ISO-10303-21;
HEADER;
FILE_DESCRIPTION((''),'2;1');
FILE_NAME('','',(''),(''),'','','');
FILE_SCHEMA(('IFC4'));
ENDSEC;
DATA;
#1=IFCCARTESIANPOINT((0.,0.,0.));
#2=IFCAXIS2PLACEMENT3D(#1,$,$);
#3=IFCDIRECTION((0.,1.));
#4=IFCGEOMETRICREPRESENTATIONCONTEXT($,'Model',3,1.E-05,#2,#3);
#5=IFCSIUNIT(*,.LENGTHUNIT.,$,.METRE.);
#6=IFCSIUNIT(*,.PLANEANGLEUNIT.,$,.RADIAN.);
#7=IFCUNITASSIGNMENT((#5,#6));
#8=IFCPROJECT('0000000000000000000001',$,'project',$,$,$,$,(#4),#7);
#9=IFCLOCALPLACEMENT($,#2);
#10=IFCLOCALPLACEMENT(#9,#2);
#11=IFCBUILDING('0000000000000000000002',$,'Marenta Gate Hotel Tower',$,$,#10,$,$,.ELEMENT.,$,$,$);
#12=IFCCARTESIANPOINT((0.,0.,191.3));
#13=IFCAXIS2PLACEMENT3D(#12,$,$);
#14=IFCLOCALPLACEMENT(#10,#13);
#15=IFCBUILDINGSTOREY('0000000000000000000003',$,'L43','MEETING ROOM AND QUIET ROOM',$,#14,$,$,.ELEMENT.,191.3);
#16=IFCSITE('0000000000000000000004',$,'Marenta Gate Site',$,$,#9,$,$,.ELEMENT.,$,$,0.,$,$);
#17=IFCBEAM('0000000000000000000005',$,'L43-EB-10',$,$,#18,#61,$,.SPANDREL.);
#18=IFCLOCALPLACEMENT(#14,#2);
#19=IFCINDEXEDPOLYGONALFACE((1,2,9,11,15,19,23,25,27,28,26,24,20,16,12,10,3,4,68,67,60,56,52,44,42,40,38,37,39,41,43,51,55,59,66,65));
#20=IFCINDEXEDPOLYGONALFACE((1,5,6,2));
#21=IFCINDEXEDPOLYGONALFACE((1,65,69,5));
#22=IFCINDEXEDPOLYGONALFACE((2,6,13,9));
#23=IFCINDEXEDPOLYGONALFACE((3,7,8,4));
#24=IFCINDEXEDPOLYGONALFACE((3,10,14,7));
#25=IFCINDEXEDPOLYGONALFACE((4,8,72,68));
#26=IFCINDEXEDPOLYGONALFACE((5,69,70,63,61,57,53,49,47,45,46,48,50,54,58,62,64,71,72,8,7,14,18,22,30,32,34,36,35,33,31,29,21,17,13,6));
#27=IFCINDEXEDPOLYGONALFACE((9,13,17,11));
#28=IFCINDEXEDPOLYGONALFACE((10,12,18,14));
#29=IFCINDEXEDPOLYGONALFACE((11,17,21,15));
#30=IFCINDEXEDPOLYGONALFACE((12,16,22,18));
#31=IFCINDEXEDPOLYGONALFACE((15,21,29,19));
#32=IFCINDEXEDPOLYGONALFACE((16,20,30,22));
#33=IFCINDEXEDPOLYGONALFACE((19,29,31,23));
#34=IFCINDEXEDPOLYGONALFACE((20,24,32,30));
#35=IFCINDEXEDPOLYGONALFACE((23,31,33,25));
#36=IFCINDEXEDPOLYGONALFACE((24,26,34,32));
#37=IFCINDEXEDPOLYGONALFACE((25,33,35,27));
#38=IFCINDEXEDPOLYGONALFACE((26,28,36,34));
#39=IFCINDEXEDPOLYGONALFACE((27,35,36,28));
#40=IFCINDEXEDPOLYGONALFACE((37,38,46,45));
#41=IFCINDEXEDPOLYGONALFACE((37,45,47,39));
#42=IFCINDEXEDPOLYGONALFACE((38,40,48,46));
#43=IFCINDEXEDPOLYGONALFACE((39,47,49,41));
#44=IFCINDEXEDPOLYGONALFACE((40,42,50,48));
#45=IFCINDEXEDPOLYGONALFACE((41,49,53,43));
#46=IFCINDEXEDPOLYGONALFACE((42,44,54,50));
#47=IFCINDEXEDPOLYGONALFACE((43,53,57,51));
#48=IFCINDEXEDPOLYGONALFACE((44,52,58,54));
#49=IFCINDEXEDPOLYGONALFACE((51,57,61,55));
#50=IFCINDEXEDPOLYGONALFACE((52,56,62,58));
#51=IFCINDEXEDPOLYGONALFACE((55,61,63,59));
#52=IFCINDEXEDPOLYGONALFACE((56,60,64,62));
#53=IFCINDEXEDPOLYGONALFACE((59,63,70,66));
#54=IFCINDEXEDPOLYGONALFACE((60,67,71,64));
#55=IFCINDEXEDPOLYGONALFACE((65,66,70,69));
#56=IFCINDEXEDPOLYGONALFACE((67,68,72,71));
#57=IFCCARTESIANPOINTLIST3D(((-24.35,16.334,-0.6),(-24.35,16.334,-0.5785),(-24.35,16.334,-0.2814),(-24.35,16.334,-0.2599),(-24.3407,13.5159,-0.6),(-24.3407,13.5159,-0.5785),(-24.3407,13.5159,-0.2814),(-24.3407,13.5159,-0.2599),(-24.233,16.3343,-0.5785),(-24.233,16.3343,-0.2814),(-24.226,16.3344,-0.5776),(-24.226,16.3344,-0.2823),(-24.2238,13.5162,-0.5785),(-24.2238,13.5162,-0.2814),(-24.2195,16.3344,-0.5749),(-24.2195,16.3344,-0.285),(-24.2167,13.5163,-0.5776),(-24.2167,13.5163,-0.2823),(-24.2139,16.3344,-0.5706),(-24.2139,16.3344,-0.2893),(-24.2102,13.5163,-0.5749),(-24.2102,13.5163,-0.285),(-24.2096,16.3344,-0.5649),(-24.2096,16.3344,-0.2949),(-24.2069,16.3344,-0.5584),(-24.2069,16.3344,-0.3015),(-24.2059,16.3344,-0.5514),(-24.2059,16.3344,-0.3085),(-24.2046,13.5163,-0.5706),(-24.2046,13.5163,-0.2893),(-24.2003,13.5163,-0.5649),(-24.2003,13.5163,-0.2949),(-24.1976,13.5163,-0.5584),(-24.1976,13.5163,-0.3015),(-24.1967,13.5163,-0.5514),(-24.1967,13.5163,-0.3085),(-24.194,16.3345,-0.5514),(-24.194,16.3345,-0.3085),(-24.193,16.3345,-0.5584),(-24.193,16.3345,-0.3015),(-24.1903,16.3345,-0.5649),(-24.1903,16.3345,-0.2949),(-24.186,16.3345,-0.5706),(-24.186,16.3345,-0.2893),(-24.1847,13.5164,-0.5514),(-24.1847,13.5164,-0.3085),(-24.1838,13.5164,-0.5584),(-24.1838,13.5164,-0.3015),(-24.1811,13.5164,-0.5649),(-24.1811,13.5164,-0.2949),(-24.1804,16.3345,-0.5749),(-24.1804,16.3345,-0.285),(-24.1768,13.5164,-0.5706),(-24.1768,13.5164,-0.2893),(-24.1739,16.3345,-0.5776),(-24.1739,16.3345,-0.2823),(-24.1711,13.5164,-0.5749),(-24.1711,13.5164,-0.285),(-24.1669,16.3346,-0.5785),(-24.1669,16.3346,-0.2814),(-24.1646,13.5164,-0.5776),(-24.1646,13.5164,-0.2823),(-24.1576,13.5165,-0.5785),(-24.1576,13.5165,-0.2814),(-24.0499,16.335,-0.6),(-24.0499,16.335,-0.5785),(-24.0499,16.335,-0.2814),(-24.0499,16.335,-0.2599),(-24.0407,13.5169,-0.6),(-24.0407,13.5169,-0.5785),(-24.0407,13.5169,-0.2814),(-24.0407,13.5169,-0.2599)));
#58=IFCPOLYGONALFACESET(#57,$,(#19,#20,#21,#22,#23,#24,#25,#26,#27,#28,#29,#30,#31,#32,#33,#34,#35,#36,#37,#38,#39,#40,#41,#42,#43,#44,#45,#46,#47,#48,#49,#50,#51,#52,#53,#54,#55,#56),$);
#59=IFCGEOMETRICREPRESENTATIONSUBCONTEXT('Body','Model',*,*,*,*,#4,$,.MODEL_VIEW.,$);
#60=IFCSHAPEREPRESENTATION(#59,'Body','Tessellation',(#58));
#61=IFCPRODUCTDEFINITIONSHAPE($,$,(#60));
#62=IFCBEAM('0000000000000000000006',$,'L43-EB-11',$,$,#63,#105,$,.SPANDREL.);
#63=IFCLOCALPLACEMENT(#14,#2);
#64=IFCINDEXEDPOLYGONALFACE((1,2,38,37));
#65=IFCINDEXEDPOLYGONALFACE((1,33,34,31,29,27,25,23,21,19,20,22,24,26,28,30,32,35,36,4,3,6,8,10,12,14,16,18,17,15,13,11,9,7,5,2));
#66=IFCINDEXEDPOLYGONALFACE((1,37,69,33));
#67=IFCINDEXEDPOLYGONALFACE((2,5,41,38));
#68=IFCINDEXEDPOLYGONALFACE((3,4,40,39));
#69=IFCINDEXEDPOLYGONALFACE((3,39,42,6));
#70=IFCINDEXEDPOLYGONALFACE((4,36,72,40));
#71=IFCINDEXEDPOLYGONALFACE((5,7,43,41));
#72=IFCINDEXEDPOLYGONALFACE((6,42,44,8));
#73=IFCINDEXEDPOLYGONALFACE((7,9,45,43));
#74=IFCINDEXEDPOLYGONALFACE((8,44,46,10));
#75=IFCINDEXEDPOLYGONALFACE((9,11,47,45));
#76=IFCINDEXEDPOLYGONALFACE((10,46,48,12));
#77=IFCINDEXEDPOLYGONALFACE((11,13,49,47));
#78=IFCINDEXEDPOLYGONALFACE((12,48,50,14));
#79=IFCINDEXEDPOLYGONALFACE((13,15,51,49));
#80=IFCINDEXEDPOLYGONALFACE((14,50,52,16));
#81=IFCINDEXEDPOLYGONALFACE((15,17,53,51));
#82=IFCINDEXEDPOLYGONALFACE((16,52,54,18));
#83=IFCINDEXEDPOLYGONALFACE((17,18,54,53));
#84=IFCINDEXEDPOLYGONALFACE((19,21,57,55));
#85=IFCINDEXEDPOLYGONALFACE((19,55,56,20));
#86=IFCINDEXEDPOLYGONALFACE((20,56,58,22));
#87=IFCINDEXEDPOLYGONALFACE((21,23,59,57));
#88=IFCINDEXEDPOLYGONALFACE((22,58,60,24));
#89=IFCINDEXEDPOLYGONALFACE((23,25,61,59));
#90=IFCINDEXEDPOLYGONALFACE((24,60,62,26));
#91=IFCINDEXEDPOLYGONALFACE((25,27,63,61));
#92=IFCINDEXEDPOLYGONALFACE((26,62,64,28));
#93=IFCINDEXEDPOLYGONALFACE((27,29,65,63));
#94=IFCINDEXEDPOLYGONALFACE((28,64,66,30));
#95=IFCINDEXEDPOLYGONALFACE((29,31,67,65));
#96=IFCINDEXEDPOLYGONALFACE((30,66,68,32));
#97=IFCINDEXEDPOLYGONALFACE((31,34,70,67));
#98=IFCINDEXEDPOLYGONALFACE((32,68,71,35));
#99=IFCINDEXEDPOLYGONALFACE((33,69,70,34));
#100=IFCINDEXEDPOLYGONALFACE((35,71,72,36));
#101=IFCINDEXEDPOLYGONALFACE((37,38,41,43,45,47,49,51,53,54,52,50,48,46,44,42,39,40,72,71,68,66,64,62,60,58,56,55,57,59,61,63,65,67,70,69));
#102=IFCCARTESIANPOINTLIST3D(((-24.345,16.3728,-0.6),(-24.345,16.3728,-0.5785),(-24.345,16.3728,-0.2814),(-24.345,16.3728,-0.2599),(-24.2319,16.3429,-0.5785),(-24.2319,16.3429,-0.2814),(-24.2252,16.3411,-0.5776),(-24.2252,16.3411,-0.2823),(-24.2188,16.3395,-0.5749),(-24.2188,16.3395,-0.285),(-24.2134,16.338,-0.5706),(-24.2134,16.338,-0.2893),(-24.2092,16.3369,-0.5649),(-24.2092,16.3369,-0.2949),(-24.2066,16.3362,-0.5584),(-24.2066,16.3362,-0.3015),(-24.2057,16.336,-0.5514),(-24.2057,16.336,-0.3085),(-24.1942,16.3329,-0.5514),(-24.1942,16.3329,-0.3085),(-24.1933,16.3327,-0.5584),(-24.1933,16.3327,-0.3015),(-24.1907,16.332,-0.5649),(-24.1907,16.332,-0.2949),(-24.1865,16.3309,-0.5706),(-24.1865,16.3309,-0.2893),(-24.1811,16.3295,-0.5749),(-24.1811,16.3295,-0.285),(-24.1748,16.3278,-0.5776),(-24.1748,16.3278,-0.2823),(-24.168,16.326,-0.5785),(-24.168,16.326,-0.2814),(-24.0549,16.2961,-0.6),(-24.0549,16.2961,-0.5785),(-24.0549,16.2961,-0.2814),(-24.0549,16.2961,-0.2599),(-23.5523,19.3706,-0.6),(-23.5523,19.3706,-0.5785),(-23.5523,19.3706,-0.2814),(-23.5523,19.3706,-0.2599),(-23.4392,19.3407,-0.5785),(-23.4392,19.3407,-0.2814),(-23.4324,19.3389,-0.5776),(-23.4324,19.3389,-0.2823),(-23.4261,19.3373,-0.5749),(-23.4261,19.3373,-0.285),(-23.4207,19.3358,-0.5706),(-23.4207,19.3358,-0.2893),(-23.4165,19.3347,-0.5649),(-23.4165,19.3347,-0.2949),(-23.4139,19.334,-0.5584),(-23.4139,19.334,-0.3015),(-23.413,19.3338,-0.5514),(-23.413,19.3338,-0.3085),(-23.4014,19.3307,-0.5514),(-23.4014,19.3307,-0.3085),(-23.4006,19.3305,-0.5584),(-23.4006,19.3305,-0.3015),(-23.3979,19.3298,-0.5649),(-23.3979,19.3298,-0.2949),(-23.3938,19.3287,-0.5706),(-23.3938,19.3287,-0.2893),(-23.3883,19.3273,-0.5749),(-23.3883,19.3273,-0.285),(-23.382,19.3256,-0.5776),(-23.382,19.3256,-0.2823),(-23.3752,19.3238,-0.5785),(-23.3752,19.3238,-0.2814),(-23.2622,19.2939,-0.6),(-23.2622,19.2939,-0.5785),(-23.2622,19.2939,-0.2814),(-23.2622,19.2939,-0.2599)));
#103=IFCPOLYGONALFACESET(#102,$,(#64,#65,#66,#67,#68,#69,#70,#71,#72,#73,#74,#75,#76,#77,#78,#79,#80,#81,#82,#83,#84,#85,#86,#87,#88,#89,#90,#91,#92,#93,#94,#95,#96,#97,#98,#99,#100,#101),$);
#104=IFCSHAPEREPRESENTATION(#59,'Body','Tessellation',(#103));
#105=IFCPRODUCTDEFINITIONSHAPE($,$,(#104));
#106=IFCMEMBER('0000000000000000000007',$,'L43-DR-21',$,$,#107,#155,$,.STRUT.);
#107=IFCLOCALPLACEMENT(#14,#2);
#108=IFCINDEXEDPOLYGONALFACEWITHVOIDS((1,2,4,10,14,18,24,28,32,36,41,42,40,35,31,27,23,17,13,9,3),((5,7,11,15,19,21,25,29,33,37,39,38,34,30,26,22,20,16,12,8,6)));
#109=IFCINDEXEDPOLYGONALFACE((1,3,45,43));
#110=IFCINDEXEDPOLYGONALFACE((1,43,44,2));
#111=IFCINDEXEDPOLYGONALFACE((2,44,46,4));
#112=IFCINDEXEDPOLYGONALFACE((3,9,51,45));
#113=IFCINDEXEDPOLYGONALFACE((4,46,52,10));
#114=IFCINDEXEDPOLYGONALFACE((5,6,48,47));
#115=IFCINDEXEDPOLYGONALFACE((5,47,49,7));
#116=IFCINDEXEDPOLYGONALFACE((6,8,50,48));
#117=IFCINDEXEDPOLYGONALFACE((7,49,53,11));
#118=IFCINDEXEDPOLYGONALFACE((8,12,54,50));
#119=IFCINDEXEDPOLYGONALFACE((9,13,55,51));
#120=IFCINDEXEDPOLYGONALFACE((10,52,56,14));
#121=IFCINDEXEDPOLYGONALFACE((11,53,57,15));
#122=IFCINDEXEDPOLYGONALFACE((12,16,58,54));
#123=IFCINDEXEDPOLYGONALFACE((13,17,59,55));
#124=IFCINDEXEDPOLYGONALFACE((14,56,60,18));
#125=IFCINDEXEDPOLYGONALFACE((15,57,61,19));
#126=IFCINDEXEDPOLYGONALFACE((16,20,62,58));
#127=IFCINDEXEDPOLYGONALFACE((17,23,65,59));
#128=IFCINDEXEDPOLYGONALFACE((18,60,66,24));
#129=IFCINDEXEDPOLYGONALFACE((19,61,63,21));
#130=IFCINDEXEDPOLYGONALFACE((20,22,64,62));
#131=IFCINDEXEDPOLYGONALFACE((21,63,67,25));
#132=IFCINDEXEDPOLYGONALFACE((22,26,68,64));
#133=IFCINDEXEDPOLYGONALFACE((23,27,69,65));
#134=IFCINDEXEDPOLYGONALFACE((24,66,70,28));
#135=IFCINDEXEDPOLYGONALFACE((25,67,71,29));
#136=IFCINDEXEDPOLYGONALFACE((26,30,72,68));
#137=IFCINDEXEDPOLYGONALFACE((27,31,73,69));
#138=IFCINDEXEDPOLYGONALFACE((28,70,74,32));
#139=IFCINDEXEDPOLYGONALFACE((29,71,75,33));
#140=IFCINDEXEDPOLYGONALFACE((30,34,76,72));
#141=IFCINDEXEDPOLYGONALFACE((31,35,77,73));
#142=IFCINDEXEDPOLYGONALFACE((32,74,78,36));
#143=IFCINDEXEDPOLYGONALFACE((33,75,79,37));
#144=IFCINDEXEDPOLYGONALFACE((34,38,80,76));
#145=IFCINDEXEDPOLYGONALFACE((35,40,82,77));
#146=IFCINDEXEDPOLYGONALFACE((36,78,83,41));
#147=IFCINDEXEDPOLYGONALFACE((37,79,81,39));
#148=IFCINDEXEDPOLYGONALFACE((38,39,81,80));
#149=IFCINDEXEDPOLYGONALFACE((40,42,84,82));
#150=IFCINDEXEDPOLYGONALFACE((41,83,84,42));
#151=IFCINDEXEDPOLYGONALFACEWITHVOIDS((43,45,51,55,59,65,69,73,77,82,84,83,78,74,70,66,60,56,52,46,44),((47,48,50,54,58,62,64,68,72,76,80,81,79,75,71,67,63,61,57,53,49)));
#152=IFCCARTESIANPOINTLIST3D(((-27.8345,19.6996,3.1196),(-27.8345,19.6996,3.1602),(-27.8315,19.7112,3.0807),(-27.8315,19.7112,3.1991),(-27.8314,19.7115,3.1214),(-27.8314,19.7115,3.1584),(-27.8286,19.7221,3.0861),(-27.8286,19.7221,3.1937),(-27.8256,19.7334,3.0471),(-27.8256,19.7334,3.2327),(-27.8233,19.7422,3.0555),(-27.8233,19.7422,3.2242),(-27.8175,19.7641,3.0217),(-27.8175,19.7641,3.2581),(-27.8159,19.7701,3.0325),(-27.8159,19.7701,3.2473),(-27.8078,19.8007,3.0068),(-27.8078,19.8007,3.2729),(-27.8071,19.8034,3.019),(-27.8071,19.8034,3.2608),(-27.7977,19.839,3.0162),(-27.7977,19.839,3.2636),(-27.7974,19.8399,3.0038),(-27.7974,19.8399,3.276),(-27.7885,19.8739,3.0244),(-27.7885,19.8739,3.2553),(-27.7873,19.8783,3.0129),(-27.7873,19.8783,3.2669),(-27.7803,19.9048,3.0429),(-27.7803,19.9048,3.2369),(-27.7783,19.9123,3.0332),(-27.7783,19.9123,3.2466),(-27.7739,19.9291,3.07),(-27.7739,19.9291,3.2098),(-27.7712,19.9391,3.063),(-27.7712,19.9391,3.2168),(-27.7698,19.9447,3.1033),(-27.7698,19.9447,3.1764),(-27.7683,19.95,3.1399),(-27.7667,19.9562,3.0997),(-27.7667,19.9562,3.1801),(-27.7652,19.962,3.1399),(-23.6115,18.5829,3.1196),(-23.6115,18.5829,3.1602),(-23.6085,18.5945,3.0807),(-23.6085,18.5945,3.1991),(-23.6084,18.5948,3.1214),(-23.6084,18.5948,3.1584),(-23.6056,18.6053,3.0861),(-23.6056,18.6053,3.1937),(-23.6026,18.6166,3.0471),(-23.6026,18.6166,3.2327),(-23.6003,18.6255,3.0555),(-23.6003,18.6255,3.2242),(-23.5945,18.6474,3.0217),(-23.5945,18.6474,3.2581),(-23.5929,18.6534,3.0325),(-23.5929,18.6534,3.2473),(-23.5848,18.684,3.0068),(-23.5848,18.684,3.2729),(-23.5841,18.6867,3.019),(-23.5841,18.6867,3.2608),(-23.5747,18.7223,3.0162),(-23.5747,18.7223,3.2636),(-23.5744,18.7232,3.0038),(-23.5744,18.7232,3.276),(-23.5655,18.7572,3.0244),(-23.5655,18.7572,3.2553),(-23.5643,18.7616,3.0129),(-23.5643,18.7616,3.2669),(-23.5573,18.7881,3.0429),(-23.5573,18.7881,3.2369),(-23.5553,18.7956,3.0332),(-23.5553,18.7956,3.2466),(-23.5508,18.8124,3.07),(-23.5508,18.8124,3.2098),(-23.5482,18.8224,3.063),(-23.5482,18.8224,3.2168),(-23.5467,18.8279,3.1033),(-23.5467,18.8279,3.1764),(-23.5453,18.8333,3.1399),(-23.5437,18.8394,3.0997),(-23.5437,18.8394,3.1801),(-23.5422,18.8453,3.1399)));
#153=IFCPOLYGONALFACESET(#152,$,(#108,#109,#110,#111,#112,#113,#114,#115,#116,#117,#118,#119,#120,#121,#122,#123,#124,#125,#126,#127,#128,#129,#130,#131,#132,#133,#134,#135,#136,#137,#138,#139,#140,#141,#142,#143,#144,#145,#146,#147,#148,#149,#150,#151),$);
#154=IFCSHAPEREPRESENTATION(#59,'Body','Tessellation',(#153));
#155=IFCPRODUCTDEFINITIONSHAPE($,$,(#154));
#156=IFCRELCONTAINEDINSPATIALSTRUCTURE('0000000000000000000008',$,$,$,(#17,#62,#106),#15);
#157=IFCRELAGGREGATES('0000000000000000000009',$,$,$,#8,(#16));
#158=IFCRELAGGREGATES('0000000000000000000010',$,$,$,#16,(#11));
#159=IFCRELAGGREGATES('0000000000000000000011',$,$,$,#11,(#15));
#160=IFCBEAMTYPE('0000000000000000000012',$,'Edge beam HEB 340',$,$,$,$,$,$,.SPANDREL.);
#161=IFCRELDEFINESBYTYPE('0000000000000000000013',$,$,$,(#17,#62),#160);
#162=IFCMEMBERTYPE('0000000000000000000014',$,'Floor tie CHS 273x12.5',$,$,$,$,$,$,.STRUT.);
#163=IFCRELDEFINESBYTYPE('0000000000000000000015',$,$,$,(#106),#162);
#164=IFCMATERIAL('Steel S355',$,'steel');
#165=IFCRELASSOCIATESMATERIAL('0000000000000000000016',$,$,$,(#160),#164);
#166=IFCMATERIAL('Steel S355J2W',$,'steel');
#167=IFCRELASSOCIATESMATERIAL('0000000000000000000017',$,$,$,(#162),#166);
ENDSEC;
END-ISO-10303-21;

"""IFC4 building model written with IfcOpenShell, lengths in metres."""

from ifc_helpers import new_model, si_unit, direction, frame, origin, origin_2d, place, context, subcontext, project, spatial, hollow_circle, i_section, extrude, material, material_profile, profile_set, type_object, element, save


model = new_model("IFC4")

# Units and contexts
model_context = context("Model", 3, precision=1e-05, world=origin(), true_north=direction((0.0, 1.0)))
body_context = subcontext(model_context, "Body", "Model", "MODEL_VIEW")
ifc_project = project(units=[si_unit("LENGTHUNIT", "METRE"), si_unit("PLANEANGLEUNIT", "RADIAN")], contexts=[model_context])

# Site, building, storey
site_placement = place(None, origin())
site = spatial("IfcSite", under=ifc_project, at=site_placement, Name="Marenta Gate Site", CompositionType="ELEMENT", RefElevation=0.0)
building_placement = place(site_placement, origin())
building = spatial("IfcBuilding", under=site, at=building_placement, Name="Marenta Gate Hotel Tower", CompositionType="ELEMENT")
storey_placement = place(building_placement, frame((0.0, 0.0, 191.3)))
storey = spatial("IfcBuildingStorey", under=building, at=storey_placement, Name="L43", Description="MEETING ROOM AND QUIET ROOM", CompositionType="ELEMENT", Elevation=191.3)

# Beams
ifc_material_1 = material(Name="Steel S355", Category="steel")
ifc_material_profile_1 = material_profile(ifc_material_1, i_section(OverallWidth=0.3, OverallDepth=0.3401, WebThickness=0.012, FlangeThickness=0.0215, FilletRadius=0.0271, at=origin_2d()), Name="HEB 340")
ifc_profile_set_1 = profile_set([ifc_material_profile_1], Name="Steel S355")
beam_type_1 = type_object("IfcBeamType", Name="Edge beam HEB 340", PredefinedType="SPANDREL", material=ifc_profile_set_1)
beam_1_placement = place(storey_placement, frame((-24.1907, 13.5164, -0.4299), z_axis=(-0.003292, 0.999995, 0.0), x_axis=(-0.999995, -0.003292, 0.0)))
element("IfcBeam", 1, at=beam_1_placement, inside=storey, type_object=beam_type_1, Name="L43-EB-10", PredefinedType="SPANDREL", context=body_context, shape_type="SweptSolid", body=[
    extrude(i_section(OverallWidth=0.3, OverallDepth=0.3401, WebThickness=0.012, FlangeThickness=0.0215, FilletRadius=0.0271, at=origin_2d()), origin(), (0.0, 0.0, 1.0), 2.8181),
])
beam_2_placement = place(storey_placement, frame((-24.2, 16.3345, -0.4299), z_axis=(0.255648, 0.96677, 0.0), x_axis=(-0.96677, 0.255648, 0.0)))
element("IfcBeam", 2, at=beam_2_placement, inside=storey, type_object=beam_type_1, Name="L43-EB-11", PredefinedType="SPANDREL", context=body_context, shape_type="SweptSolid", body=[
    extrude(i_section(OverallWidth=0.3, OverallDepth=0.3401, WebThickness=0.012, FlangeThickness=0.0215, FilletRadius=0.0271, at=origin_2d()), origin(), (0.0, 0.0, 1.0), 3.1008),
])

# Member
ifc_material_2 = material(Name="Steel S355J2W", Category="steel")
ifc_material_profile_2 = material_profile(ifc_material_2, hollow_circle(Radius=0.1365, WallThickness=0.0125, at=origin_2d()), Name="CHS 273x12.5")
ifc_profile_set_2 = profile_set([ifc_material_profile_2], Name="Steel S355J2W")
member_type_1 = type_object("IfcMemberType", Name="Floor tie CHS 273x12.5", PredefinedType="STRUT", material=ifc_profile_set_2)
member_1_placement = place(storey_placement, frame((-27.8, 19.8301, 3.1399), z_axis=(0.966769, -0.255651, 0.0), x_axis=(0.255651, 0.966769, 0.0)))
element("IfcMember", 3, at=member_1_placement, inside=storey, type_object=member_type_1, Name="L43-DR-21", PredefinedType="STRUT", context=body_context, shape_type="SweptSolid", body=[
    extrude(hollow_circle(Radius=0.1365, WallThickness=0.0125, at=origin_2d()), origin(), (0.0, 0.0, 1.0), 4.3682),
])

save(model, "model.ifc")
